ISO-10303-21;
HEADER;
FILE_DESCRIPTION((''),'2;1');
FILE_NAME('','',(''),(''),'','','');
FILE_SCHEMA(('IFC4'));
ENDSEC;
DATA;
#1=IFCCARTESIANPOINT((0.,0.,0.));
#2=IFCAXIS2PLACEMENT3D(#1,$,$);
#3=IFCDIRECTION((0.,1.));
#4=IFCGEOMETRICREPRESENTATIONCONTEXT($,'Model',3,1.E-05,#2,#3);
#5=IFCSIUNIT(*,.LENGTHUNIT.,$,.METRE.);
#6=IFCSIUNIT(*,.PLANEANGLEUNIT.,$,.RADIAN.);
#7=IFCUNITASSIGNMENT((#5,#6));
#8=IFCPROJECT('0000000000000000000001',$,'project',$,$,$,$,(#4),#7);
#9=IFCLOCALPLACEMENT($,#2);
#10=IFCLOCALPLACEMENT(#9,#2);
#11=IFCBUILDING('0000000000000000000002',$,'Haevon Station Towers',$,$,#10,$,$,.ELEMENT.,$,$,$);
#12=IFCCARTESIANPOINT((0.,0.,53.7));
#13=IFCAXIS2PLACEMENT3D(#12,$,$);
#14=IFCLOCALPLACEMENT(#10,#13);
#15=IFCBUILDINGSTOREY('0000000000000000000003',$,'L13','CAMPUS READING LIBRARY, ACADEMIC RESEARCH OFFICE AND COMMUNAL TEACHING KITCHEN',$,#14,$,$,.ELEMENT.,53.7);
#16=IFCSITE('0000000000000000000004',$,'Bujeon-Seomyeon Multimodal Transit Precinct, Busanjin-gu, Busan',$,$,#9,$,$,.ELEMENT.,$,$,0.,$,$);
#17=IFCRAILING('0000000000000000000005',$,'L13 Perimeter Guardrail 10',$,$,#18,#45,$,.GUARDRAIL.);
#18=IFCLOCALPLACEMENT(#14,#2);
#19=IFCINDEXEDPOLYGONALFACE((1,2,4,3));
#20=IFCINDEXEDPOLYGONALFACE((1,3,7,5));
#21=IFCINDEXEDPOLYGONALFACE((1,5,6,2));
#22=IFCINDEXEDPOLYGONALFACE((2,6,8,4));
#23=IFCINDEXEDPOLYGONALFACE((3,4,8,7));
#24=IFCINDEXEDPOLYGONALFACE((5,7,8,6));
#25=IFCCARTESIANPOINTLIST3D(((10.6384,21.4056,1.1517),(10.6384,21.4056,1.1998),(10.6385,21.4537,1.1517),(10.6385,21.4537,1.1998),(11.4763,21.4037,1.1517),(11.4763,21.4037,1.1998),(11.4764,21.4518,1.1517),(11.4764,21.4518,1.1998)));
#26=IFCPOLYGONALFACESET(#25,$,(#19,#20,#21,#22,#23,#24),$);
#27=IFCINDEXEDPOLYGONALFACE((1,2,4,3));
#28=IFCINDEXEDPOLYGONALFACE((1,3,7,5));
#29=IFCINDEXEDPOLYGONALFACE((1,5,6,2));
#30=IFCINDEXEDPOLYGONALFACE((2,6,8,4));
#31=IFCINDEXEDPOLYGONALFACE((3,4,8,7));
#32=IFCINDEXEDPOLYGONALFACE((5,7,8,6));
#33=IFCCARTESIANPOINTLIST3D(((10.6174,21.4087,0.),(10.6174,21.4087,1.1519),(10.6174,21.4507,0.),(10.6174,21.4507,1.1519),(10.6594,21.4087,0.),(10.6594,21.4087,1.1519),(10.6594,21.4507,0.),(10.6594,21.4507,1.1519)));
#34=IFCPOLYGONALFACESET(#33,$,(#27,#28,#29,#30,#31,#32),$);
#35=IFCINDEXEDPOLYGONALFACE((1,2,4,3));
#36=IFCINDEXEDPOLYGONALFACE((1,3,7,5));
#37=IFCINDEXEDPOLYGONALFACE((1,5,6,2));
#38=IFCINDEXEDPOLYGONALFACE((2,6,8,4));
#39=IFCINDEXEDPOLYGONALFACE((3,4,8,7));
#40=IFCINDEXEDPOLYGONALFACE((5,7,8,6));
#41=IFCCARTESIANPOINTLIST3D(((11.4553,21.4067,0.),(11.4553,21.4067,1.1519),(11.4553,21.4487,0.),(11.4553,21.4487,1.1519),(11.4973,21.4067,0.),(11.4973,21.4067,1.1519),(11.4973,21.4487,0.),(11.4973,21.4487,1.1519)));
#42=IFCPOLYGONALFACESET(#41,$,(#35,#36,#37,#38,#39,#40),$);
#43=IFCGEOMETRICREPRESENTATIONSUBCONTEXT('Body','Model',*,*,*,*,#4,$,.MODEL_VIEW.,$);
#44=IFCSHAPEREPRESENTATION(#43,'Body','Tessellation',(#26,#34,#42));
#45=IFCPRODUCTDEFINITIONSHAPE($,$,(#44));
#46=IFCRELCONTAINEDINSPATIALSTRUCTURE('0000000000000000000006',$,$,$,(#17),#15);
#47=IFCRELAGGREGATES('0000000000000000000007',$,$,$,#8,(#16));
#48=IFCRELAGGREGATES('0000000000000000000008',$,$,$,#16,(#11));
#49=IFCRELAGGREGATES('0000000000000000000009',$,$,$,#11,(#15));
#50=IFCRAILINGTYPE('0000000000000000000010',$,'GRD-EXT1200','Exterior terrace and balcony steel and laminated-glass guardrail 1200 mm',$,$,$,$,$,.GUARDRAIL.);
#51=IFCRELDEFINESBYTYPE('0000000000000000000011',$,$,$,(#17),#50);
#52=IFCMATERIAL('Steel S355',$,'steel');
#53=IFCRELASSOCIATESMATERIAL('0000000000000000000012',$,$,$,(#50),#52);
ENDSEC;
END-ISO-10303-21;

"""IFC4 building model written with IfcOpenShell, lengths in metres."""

from ifc_helpers import new_model, si_unit, direction, frame, origin, origin_2d, place, context, subcontext, project, spatial, rectangle, extrude, material, type_object, element, save


model = new_model("IFC4")

# Units and contexts
model_context = context("Model", 3, precision=1e-05, world=origin(), true_north=direction((0.0, 1.0)))
body_context = subcontext(model_context, "Body", "Model", "MODEL_VIEW")
ifc_project = project(units=[si_unit("LENGTHUNIT", "METRE"), si_unit("PLANEANGLEUNIT", "RADIAN")], contexts=[model_context])

# Site, building, storey
site_placement = place(None, origin())
site = spatial("IfcSite", under=ifc_project, at=site_placement, Name="Bujeon-Seomyeon Multimodal Transit Precinct, Busanjin-gu, Busan", CompositionType="ELEMENT", RefElevation=0.0)
building_placement = place(site_placement, origin())
building = spatial("IfcBuilding", under=site, at=building_placement, Name="Haevon Station Towers", CompositionType="ELEMENT")
storey_placement = place(building_placement, frame((0.0, 0.0, 53.7)))
storey = spatial("IfcBuildingStorey", under=building, at=storey_placement, Name="L13", Description="CAMPUS READING LIBRARY, ACADEMIC RESEARCH OFFICE AND COMMUNAL TEACHING KITCHEN", CompositionType="ELEMENT", Elevation=53.7)

# Shared definitions
ifc_material_1 = material(Name="Steel S355", Category="steel")

# Railing
railing_type = type_object("IfcRailingType", Name="GRD-EXT1200", Description="Exterior terrace and balcony steel and laminated-glass guardrail 1200 mm", PredefinedType="GUARDRAIL", material=ifc_material_1)
railing_1_placement = place(storey_placement, frame((10.6384, 21.4297, 0.0)))
element("IfcRailing", 1, at=railing_1_placement, inside=storey, type_object=railing_type, Name="L13 Perimeter Guardrail 10", PredefinedType="GUARDRAIL", context=body_context, shape_type="SweptSolid", body=[
    extrude(rectangle(XDim=0.0481, YDim=0.0481, at=origin_2d()), frame((0.0, 0.0, 1.1758), z_axis=(0.999997, -0.002331, 0.0), x_axis=(0.002331, 0.999997, 0.0)), (0.0, 0.0, 1.0), 0.8379),
    extrude(rectangle(XDim=0.042, YDim=0.042, at=origin_2d()), origin(), (0.0, 0.0, 1.0), 1.1519),
    extrude(rectangle(XDim=0.042, YDim=0.042, at=origin_2d()), frame((0.8379, -0.002, 0.0)), (0.0, 0.0, 1.0), 1.1519),
])

save(model, "model.ifc")
